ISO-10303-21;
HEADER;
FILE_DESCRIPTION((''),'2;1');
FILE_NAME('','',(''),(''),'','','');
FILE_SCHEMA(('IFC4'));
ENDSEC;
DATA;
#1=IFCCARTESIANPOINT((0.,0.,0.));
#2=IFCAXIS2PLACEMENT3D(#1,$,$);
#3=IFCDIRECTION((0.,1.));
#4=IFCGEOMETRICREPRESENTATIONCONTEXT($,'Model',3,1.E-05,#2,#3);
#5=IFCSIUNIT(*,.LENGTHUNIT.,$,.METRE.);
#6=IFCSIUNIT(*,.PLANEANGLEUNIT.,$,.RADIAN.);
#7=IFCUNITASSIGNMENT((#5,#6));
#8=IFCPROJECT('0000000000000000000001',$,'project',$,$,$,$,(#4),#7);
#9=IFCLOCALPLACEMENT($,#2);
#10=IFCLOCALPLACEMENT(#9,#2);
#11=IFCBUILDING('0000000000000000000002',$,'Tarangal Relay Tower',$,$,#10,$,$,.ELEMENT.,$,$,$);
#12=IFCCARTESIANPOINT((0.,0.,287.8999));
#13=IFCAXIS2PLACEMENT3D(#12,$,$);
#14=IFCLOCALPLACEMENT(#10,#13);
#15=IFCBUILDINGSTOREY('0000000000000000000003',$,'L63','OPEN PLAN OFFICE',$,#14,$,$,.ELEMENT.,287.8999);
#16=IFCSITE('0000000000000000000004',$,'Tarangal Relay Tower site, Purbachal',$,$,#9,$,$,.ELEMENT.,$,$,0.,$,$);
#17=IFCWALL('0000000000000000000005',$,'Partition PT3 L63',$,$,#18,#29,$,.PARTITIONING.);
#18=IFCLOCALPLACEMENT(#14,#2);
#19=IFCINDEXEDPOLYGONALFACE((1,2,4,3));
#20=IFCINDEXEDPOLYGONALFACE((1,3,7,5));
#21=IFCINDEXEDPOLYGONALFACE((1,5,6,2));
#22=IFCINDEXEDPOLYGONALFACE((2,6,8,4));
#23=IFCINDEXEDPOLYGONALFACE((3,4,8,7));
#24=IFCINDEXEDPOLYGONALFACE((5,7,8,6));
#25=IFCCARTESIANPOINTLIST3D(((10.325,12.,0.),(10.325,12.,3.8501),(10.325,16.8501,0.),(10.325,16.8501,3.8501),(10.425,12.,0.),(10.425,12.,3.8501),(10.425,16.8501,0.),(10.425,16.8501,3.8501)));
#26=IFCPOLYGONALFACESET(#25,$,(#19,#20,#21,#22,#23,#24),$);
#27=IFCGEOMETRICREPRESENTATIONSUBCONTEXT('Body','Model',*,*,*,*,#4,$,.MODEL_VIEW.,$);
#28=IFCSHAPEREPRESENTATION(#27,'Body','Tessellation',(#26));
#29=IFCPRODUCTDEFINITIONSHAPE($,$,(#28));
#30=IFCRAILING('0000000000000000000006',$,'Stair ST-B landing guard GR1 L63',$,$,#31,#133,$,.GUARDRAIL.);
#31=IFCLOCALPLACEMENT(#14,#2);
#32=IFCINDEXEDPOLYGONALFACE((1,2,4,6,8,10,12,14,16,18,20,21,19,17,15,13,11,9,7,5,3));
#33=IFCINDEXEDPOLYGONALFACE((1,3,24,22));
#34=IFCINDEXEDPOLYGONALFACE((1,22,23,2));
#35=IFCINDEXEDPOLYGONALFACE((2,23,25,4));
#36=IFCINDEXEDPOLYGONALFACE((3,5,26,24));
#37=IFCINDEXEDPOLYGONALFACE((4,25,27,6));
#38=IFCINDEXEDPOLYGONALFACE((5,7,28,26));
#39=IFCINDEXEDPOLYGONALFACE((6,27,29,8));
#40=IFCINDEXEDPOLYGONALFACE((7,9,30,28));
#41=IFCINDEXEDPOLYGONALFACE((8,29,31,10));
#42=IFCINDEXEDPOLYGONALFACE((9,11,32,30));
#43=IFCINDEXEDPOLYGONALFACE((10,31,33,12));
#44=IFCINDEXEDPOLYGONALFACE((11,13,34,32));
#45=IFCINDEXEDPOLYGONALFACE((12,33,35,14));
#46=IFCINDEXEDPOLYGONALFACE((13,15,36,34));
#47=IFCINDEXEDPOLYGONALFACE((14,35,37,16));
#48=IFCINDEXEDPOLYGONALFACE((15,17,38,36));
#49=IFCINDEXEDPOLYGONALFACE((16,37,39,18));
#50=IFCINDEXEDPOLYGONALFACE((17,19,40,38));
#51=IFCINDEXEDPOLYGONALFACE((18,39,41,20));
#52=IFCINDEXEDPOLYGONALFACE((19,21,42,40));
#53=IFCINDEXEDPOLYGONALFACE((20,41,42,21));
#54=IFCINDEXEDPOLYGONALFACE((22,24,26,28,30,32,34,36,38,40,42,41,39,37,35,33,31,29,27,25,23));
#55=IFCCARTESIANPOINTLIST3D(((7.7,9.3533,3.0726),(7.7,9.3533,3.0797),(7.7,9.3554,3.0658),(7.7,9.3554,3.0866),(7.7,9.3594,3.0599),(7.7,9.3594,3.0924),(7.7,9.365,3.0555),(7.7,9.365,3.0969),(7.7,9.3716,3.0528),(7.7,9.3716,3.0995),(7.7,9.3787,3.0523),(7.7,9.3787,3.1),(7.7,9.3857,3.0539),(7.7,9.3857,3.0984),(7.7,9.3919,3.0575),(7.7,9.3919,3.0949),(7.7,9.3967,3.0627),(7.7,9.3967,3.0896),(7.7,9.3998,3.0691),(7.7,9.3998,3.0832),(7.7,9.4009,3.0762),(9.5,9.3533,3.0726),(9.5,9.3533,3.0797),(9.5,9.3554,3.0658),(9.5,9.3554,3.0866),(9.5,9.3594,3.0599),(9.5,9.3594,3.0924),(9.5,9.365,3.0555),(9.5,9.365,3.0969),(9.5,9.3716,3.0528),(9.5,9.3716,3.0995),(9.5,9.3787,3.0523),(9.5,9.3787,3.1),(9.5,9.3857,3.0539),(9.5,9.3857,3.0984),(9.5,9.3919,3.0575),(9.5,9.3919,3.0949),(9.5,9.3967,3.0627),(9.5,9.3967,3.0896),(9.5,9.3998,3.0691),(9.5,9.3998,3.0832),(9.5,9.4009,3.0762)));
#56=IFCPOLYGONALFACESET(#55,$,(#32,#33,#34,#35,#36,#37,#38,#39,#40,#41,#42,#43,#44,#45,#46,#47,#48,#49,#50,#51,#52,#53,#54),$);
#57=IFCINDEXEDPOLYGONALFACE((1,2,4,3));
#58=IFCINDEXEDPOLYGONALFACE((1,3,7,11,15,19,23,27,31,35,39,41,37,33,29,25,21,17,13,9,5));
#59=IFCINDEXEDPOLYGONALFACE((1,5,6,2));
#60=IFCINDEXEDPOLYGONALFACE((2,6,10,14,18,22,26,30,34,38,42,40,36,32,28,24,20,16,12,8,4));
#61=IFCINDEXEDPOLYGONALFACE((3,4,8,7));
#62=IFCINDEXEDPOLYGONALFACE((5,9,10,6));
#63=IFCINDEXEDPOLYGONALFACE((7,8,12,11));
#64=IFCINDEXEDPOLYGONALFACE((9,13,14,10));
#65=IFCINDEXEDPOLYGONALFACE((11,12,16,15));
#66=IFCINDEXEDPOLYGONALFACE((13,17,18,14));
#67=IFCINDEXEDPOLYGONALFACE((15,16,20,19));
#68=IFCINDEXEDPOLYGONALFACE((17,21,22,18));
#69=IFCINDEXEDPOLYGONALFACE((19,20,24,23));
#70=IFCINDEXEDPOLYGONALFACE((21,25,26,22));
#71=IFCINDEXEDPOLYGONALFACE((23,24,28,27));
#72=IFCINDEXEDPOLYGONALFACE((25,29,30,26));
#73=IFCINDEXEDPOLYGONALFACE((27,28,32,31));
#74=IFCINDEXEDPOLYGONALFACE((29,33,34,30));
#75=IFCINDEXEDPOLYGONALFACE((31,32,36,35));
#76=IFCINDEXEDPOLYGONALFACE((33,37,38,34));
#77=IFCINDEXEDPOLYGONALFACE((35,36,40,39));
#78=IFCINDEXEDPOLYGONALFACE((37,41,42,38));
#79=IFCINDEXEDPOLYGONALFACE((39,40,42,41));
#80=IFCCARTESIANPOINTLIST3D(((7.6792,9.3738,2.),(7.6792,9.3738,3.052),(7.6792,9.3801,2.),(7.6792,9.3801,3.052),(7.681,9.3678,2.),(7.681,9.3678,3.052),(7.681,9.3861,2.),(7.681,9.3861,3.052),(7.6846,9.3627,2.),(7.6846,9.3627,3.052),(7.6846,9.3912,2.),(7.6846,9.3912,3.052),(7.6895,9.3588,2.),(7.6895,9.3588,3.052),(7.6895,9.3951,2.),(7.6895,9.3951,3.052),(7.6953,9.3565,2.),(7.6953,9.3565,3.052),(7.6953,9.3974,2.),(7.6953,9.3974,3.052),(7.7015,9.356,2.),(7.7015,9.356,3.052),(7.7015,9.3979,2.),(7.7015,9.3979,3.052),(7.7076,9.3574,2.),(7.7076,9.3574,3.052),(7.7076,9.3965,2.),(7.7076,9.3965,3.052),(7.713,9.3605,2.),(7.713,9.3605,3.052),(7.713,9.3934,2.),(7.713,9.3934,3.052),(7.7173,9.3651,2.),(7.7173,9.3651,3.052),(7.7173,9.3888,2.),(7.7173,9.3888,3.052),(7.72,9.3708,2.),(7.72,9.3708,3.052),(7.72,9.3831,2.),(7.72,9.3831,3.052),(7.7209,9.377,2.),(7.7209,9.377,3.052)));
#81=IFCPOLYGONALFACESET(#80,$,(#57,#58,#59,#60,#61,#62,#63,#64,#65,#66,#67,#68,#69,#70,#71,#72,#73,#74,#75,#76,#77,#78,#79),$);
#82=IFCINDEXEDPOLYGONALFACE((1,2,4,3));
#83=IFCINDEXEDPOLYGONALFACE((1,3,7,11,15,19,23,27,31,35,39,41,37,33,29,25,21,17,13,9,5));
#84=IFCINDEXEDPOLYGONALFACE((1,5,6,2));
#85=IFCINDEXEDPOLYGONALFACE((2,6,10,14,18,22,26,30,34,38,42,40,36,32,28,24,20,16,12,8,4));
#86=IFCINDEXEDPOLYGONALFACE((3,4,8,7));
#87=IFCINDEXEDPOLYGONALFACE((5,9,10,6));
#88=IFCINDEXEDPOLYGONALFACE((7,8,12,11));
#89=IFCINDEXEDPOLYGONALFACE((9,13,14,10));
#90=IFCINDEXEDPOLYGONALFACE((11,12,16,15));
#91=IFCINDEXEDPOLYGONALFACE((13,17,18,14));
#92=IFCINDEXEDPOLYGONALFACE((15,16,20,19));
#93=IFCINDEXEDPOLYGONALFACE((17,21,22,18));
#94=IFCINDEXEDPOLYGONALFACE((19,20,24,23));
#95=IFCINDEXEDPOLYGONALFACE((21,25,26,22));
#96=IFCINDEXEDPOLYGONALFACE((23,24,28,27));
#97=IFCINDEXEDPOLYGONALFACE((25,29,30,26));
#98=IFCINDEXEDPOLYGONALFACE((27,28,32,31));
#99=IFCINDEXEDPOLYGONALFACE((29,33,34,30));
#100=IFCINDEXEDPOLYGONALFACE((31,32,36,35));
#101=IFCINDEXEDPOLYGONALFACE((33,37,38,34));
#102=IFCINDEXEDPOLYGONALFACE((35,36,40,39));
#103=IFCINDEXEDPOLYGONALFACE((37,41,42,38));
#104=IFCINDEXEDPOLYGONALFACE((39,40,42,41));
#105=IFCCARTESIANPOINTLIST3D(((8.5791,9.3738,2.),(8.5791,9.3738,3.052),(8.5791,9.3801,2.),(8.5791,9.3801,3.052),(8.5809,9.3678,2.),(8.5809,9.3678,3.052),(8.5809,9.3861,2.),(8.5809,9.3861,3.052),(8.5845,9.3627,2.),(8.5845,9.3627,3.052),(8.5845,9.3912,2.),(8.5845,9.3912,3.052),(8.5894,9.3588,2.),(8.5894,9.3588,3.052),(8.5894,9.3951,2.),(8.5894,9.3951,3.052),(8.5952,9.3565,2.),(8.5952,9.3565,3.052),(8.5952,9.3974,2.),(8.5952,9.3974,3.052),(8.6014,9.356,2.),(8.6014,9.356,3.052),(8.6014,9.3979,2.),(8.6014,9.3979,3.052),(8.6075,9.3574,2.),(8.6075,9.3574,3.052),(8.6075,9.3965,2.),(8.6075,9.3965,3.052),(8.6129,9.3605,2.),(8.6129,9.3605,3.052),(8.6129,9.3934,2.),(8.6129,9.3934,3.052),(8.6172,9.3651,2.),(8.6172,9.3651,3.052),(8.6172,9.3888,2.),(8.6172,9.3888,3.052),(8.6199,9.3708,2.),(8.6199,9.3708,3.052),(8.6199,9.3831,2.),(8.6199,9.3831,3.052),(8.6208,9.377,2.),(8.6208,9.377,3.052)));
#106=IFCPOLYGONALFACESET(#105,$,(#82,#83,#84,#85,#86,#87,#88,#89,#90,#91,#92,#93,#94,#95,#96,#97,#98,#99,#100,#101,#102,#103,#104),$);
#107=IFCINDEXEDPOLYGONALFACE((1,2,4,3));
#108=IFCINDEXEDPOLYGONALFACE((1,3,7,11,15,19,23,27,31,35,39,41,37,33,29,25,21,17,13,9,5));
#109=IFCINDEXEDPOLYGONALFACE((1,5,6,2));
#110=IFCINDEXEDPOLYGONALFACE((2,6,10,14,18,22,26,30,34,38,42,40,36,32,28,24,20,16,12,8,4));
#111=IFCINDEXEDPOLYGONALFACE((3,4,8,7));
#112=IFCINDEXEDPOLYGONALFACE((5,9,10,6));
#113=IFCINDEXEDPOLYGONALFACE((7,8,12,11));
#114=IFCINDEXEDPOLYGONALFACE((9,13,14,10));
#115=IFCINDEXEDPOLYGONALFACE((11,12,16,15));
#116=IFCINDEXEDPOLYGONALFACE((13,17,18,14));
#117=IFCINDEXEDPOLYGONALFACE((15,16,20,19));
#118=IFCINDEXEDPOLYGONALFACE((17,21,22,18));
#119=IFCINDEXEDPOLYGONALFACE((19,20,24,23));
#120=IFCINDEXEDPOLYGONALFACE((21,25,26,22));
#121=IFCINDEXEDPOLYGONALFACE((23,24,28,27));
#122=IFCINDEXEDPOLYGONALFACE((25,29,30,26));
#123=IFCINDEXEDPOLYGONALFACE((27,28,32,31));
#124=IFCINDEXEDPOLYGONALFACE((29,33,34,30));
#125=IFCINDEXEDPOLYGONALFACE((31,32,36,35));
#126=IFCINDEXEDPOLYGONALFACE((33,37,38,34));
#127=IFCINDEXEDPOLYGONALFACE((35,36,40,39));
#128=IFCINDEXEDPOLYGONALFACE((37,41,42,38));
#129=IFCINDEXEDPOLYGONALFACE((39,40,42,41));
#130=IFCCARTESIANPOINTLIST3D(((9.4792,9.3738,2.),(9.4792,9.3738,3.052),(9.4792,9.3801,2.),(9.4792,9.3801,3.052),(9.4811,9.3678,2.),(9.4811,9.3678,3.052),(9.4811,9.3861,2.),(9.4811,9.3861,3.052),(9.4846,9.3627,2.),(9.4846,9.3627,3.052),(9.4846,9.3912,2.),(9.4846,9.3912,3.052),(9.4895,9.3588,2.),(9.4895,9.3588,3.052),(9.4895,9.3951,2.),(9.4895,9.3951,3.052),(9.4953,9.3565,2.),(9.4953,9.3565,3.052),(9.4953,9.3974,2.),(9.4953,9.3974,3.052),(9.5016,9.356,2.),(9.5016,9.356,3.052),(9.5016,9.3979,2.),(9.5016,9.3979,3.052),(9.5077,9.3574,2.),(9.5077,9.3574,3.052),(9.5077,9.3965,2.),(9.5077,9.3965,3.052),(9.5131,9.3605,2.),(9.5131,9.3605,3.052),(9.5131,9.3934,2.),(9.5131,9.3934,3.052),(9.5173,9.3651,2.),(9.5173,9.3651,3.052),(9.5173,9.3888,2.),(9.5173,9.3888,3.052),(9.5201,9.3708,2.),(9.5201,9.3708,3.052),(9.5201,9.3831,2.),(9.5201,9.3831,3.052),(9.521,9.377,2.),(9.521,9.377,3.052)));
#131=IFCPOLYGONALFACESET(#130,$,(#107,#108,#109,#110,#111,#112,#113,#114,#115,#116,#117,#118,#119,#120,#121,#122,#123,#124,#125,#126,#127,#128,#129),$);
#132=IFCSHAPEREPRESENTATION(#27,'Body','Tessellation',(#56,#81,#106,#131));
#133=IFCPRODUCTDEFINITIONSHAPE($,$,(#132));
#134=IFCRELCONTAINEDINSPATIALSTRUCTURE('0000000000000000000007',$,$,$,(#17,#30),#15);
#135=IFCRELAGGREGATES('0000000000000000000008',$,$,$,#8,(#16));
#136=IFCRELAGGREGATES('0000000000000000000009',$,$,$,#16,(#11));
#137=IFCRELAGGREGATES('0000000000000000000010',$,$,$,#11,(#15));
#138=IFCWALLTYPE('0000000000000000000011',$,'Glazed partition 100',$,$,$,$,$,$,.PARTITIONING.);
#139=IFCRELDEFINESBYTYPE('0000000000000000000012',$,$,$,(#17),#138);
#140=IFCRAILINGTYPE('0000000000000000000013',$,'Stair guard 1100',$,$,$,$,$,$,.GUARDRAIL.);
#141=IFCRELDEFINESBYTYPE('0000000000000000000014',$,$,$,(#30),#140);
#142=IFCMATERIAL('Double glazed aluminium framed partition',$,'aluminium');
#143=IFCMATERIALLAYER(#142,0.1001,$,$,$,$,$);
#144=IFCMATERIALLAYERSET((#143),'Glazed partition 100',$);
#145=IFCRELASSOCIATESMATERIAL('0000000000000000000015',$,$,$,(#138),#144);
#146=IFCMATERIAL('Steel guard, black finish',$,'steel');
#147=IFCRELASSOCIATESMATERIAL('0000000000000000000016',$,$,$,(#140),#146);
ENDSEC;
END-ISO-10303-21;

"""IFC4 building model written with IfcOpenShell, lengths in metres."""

from ifc_helpers import new_model, si_unit, direction, frame, frame_2d, origin, origin_2d, place, context, subcontext, project, spatial, rectangle, circle, extrude, material, layer, layer_set, type_object, element, save


model = new_model("IFC4")

# Units and contexts
model_context = context("Model", 3, precision=1e-05, world=origin(), true_north=direction((0.0, 1.0)))
body_context = subcontext(model_context, "Body", "Model", "MODEL_VIEW")
ifc_project = project(units=[si_unit("LENGTHUNIT", "METRE"), si_unit("PLANEANGLEUNIT", "RADIAN")], contexts=[model_context])

# Site, building, storey
site_placement = place(None, origin())
site = spatial("IfcSite", under=ifc_project, at=site_placement, Name="Tarangal Relay Tower site, Purbachal", CompositionType="ELEMENT", RefElevation=0.0)
building_placement = place(site_placement, origin())
building = spatial("IfcBuilding", under=site, at=building_placement, Name="Tarangal Relay Tower", CompositionType="ELEMENT")
storey_placement = place(building_placement, frame((0.0, 0.0, 287.8999)))
storey = spatial("IfcBuildingStorey", under=building, at=storey_placement, Name="L63", Description="OPEN PLAN OFFICE", CompositionType="ELEMENT", Elevation=287.8999)

# Shared definitions
ifc_material_1 = material(Name="Double glazed aluminium framed partition", Category="aluminium")
ifc_layer_1 = layer(ifc_material_1, 0.1001)
ifc_layer_set_1 = layer_set([ifc_layer_1], Name="Glazed partition 100")
wall_type_1 = type_object("IfcWallType", Name="Glazed partition 100", PredefinedType="PARTITIONING", material=ifc_layer_set_1)

# Wall
wall_1_placement = place(storey_placement, frame((10.375, 12.0, 0.0), z_axis=(0.0, 0.0, 1.0), x_axis=(0.0, 1.0, 0.0)))
element("IfcWall", 1, at=wall_1_placement, inside=storey, type_object=wall_type_1, Name="Partition PT3 L63", PredefinedType="PARTITIONING", context=body_context, shape_type="SweptSolid", body=[
    extrude(rectangle(XDim=4.8501, YDim=0.1001, at=frame_2d((2.425, 0.0))), origin(), (0.0, 0.0, 1.0), 3.8501),
])

# Railing
ifc_material_2 = material(Name="Steel guard, black finish", Category="steel")
railing_type = type_object("IfcRailingType", Name="Stair guard 1100", PredefinedType="GUARDRAIL", material=ifc_material_2)
railing_placement = place(storey_placement, frame((7.7, 9.377, 2.0)))
element("IfcRailing", 2, at=railing_placement, inside=storey, type_object=railing_type, Name="Stair ST-B landing guard GR1 L63", PredefinedType="GUARDRAIL", context=body_context, shape_type="SweptSolid", body=[
    extrude(circle(Radius=0.0239, at=origin_2d()), frame((0.0, 0.0, 1.0762), z_axis=(1.0, 0.0, 0.0), x_axis=(0.0, 1.0, 0.0)), (0.0, 0.0, 1.0), 1.8),
    extrude(circle(Radius=0.021, at=origin_2d()), origin(), (0.0, 0.0, 1.0), 1.052),
    extrude(circle(Radius=0.021, at=origin_2d()), frame((0.8999, 0.0, 0.0)), (0.0, 0.0, 1.0), 1.052),
    extrude(circle(Radius=0.021, at=origin_2d()), frame((1.8, 0.0, 0.0)), (0.0, 0.0, 1.0), 1.052),
])

save(model, "model.ifc")
